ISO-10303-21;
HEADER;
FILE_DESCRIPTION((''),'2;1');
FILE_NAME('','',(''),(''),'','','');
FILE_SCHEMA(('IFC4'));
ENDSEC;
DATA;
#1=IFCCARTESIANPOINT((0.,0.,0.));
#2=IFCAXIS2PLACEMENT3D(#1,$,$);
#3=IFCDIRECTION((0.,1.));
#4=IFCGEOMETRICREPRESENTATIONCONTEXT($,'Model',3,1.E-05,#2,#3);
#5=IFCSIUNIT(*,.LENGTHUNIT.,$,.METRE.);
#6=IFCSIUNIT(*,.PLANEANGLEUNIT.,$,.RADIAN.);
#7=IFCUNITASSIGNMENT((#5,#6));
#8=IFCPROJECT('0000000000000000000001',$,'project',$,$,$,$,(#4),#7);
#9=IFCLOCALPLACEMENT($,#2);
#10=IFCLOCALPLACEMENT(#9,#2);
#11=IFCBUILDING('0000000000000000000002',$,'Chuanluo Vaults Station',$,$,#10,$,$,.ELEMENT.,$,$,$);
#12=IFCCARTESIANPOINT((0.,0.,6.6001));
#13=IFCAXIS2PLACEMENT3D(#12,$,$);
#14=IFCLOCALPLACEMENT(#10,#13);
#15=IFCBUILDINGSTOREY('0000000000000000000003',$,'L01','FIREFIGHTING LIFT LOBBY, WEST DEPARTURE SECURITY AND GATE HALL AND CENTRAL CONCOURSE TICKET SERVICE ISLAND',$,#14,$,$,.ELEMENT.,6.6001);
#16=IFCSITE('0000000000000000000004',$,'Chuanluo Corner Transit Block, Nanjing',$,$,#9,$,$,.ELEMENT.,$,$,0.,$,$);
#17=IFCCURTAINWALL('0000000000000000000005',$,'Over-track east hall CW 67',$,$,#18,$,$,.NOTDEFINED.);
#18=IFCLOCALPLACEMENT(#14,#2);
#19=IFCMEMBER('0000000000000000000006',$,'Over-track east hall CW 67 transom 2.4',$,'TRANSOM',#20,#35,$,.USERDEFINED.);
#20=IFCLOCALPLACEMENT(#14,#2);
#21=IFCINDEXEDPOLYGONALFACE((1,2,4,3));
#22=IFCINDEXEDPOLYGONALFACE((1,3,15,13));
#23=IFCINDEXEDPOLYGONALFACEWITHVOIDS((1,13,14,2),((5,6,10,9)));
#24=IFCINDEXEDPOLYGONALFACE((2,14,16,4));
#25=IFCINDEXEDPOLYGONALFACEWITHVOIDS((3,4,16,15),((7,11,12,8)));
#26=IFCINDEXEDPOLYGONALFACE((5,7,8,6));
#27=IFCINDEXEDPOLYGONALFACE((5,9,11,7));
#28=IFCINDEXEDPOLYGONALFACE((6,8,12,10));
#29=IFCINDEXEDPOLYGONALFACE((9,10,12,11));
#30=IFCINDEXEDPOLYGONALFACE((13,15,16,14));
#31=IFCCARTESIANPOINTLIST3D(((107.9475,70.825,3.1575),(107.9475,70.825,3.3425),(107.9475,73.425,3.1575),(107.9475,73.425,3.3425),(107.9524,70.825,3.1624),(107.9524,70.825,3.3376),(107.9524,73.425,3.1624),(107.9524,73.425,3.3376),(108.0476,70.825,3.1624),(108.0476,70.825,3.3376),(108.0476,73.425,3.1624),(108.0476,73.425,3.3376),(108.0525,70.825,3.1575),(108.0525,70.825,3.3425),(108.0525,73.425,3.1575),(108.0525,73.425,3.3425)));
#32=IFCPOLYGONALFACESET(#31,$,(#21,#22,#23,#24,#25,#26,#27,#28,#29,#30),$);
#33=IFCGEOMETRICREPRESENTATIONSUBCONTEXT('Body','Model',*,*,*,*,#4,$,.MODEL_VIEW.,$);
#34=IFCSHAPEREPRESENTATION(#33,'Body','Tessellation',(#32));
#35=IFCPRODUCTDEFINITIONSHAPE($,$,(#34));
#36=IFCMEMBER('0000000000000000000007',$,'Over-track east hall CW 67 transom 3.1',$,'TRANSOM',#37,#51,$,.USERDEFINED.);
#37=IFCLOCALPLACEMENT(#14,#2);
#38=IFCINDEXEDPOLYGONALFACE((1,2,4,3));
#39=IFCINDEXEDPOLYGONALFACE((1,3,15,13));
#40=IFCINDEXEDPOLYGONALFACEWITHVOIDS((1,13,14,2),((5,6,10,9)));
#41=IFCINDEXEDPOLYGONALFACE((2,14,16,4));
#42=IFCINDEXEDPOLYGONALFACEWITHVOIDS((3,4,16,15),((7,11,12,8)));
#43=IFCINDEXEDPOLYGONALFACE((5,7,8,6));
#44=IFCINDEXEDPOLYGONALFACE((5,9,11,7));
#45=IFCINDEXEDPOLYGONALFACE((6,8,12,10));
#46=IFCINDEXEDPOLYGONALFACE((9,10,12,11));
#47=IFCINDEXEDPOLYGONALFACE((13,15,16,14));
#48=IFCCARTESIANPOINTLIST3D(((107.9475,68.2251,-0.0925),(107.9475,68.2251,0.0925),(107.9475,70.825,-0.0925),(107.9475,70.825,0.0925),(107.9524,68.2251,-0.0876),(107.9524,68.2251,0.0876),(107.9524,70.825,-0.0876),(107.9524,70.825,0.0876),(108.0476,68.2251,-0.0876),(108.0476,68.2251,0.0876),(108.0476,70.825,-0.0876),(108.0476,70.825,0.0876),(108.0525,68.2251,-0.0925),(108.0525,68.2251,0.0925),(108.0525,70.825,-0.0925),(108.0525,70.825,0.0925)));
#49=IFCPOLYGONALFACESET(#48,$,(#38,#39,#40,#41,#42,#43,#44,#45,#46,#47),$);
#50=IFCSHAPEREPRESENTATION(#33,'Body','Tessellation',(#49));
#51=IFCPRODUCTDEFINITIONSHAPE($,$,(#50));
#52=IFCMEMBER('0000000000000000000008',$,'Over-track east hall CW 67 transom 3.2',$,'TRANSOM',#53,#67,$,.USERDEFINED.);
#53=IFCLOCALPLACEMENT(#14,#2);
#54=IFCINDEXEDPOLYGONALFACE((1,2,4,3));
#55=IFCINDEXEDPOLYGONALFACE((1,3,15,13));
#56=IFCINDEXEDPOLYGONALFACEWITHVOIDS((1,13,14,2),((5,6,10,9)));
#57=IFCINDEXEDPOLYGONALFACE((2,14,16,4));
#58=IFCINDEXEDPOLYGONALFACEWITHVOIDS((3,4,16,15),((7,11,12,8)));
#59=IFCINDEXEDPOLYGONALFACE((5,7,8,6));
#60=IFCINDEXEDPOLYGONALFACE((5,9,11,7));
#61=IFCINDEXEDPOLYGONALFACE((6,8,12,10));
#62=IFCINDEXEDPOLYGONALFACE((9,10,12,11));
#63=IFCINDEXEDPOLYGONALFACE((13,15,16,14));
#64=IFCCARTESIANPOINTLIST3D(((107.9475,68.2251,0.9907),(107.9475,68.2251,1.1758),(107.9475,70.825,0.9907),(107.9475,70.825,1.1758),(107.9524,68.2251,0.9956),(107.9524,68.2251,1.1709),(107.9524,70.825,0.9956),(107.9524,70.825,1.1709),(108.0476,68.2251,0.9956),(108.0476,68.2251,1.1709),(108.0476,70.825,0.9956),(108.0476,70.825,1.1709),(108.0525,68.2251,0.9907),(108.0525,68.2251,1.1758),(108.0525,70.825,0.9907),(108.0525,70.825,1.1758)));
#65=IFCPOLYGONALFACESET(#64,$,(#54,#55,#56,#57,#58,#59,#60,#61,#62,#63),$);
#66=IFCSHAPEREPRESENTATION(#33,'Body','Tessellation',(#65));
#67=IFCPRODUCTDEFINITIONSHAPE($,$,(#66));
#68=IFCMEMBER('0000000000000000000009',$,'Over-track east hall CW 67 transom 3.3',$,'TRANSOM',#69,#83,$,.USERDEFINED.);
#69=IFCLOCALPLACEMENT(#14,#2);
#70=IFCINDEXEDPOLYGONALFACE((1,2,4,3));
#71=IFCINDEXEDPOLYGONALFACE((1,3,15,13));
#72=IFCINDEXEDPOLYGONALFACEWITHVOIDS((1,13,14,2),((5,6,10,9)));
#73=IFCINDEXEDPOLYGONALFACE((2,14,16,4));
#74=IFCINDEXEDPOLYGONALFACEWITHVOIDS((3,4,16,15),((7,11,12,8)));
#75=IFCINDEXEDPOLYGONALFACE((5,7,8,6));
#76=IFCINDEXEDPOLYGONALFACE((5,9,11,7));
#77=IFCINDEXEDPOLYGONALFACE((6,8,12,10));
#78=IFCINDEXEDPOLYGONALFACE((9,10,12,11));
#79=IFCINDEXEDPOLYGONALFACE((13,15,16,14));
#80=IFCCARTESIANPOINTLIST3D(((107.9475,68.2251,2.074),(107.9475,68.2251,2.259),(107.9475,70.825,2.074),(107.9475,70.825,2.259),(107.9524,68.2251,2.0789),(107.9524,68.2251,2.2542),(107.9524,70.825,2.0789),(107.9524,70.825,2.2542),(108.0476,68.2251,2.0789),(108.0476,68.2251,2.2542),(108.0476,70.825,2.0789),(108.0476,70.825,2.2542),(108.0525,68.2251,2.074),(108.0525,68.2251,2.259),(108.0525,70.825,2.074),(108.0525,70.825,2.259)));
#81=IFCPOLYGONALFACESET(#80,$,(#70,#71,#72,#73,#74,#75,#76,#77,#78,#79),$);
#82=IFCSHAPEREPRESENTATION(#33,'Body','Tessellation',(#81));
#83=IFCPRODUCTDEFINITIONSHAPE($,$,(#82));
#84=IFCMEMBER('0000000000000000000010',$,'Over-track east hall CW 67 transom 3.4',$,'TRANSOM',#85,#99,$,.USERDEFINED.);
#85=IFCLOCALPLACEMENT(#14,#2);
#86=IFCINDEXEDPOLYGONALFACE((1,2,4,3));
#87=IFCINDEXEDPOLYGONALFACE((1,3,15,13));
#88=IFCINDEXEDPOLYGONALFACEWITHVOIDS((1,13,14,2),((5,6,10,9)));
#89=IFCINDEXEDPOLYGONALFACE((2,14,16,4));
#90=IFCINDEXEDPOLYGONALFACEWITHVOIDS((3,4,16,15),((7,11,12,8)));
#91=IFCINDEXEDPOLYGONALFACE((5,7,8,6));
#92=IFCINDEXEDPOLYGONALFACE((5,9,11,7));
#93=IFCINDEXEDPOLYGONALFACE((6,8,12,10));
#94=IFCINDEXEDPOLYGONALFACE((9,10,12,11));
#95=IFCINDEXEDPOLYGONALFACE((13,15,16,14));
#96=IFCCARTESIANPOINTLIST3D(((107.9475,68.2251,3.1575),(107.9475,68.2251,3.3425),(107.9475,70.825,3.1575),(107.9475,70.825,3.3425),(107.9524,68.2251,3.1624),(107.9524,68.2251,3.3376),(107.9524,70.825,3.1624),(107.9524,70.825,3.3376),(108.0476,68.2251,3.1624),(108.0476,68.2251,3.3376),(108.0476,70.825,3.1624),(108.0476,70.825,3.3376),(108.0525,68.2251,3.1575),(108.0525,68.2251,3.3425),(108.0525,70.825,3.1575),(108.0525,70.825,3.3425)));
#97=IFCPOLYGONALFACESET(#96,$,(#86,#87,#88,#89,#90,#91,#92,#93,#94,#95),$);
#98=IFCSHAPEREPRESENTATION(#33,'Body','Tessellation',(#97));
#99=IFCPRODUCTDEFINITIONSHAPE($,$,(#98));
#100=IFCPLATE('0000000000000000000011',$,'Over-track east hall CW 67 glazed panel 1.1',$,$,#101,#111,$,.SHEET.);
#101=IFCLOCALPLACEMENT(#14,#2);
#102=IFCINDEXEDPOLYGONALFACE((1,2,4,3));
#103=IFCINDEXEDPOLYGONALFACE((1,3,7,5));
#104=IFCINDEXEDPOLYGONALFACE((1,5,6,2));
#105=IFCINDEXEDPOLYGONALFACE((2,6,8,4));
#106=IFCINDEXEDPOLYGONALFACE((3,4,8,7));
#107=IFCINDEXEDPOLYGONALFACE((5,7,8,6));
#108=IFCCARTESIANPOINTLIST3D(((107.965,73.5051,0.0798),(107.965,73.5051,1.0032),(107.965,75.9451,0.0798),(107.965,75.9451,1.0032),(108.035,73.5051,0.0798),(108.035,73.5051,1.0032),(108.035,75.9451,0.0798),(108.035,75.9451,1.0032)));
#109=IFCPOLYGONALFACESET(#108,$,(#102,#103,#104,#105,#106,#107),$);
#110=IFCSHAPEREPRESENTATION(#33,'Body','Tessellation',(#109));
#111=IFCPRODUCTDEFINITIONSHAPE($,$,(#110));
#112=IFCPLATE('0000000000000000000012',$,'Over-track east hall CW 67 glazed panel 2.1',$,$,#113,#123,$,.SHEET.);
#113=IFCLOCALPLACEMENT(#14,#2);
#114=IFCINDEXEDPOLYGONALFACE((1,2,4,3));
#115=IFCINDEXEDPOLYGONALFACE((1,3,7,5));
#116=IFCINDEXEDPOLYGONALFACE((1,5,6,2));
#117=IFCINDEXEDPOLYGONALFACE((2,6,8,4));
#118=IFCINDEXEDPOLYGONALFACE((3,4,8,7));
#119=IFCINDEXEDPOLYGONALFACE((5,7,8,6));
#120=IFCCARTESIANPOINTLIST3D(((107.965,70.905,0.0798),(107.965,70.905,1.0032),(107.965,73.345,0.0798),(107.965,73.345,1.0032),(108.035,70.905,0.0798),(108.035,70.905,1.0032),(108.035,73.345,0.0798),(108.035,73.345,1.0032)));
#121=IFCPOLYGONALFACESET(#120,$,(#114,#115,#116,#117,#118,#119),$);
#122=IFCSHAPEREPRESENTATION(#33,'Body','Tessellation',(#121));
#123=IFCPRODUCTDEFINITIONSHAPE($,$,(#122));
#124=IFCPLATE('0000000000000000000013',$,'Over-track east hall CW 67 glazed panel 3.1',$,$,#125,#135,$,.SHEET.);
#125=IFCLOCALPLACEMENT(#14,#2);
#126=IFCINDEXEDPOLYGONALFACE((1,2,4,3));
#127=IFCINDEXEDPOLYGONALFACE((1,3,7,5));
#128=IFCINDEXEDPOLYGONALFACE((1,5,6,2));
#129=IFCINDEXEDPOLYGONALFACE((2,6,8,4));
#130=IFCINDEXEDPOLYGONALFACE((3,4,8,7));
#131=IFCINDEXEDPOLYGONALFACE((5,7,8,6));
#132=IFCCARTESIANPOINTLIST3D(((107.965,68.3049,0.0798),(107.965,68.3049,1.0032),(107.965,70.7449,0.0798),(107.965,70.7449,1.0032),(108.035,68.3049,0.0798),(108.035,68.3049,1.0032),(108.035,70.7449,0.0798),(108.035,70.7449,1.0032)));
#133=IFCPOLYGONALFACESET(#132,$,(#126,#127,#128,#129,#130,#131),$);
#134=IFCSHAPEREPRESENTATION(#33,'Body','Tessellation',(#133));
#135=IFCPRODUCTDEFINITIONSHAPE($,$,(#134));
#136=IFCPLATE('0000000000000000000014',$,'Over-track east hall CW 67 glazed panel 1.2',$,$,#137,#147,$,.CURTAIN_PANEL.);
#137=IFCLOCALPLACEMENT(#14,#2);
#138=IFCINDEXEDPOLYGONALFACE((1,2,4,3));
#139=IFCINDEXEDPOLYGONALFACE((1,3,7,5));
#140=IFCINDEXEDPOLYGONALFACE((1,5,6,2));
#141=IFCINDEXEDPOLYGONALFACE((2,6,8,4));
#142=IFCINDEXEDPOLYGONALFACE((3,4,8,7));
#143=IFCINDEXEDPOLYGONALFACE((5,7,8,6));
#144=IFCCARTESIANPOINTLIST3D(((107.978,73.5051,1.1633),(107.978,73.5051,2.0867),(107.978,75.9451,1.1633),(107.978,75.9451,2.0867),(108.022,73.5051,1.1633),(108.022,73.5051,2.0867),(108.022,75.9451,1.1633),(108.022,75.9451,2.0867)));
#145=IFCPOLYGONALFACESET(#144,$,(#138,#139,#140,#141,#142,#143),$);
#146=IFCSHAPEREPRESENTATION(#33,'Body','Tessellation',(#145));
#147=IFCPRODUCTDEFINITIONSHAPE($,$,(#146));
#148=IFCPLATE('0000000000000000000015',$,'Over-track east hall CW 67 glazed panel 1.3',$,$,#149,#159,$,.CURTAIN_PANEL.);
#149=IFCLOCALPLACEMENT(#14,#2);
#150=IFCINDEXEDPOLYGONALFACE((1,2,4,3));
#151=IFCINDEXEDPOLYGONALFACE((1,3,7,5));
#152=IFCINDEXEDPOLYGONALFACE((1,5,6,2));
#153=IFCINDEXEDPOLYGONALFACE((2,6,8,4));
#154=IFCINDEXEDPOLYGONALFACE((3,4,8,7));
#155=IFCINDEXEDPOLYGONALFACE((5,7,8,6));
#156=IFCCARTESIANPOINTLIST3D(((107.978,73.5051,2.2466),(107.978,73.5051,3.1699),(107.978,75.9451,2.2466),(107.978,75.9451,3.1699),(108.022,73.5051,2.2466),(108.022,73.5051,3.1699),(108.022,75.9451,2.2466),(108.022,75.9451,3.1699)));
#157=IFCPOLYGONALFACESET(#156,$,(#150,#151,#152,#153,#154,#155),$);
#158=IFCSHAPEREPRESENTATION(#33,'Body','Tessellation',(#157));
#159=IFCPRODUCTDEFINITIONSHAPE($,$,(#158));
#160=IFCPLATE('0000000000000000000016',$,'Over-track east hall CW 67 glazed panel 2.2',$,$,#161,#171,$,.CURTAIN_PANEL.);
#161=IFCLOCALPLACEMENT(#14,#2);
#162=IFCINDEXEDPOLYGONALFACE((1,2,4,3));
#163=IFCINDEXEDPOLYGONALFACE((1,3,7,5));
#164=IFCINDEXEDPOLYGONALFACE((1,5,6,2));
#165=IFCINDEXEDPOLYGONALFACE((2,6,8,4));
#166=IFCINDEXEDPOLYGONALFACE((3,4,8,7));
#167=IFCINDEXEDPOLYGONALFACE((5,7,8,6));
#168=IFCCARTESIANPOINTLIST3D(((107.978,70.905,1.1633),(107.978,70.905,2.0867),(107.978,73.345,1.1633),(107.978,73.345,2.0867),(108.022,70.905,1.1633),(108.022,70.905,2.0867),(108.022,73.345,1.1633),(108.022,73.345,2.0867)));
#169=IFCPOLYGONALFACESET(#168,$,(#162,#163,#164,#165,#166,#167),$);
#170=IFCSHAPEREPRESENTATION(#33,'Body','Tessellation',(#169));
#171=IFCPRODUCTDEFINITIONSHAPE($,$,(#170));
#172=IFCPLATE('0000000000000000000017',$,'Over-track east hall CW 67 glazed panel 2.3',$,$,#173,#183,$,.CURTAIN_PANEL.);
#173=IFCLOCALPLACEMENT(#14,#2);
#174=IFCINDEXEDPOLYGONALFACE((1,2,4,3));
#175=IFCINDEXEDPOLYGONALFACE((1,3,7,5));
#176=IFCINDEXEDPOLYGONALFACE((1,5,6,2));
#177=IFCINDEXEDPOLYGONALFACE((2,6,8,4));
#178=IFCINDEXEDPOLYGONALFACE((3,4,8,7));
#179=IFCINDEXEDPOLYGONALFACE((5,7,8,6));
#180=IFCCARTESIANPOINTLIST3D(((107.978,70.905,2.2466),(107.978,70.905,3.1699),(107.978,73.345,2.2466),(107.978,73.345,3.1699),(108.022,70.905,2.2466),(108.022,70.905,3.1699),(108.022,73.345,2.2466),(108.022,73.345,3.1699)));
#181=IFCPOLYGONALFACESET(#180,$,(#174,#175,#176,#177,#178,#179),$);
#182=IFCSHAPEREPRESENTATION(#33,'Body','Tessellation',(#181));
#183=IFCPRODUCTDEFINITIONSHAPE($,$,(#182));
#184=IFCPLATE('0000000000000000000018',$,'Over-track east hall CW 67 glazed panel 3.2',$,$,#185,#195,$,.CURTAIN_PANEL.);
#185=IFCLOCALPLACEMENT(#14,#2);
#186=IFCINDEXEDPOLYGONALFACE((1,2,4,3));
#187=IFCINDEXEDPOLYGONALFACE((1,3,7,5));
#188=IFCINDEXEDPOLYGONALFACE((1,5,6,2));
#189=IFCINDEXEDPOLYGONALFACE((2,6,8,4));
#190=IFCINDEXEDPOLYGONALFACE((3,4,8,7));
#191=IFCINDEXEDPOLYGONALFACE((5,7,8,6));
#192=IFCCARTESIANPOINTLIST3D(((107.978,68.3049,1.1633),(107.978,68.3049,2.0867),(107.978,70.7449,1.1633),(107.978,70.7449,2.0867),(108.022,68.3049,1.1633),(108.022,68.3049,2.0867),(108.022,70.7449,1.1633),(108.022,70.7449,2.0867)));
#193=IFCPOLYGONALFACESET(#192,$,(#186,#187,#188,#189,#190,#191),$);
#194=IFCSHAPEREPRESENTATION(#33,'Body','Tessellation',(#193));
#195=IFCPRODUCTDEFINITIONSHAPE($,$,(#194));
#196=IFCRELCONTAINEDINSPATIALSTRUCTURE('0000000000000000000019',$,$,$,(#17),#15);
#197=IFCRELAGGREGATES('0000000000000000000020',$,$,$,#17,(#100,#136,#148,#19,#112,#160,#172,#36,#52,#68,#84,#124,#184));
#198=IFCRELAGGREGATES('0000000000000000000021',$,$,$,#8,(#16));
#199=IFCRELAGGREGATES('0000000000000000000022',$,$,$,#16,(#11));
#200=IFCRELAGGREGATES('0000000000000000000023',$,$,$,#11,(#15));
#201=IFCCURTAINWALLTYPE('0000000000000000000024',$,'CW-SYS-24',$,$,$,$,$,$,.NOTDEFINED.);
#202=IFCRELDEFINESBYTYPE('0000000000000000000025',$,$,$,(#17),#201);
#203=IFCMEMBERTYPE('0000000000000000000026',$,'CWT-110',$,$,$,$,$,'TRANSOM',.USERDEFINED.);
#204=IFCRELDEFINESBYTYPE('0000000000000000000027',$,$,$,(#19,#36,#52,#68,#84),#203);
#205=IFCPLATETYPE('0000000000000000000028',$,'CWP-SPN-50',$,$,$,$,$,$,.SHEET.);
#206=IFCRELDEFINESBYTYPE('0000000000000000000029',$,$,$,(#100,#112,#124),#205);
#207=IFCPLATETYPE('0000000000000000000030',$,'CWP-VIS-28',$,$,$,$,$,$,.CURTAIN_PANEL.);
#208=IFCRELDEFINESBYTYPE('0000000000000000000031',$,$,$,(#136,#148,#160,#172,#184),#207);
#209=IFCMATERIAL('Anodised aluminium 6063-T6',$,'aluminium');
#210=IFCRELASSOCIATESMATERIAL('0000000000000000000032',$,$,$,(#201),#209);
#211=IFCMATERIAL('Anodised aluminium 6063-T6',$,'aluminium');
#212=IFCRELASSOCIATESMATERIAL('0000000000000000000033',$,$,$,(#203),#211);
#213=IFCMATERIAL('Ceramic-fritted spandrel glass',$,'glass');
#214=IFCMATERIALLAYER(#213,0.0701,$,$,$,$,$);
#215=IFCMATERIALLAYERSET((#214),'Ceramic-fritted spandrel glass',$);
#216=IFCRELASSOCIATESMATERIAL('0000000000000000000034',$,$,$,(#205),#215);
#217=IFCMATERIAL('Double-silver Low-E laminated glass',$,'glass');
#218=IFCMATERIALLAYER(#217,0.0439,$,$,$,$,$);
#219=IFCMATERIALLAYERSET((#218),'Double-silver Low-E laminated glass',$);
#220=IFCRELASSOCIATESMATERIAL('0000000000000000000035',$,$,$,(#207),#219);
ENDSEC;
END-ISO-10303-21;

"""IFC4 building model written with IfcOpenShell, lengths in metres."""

from ifc_helpers import new_model, si_unit, direction, frame, origin, origin_2d, place, context, subcontext, project, spatial, rectangle, hollow_rectangle, extrude, material, layer, layer_set, material_profile, profile_set, type_object, element, aggregate, save


model = new_model("IFC4")

# Units and contexts
model_context = context("Model", 3, precision=1e-05, world=origin(), true_north=direction((0.0, 1.0)))
body_context = subcontext(model_context, "Body", "Model", "MODEL_VIEW")
ifc_project = project(units=[si_unit("LENGTHUNIT", "METRE"), si_unit("PLANEANGLEUNIT", "RADIAN")], contexts=[model_context])

# Site, building, storey
site_placement = place(None, origin())
site = spatial("IfcSite", under=ifc_project, at=site_placement, Name="Chuanluo Corner Transit Block, Nanjing", CompositionType="ELEMENT", RefElevation=0.0)
building_placement = place(site_placement, origin())
building = spatial("IfcBuilding", under=site, at=building_placement, Name="Chuanluo Vaults Station", CompositionType="ELEMENT")
storey_placement = place(building_placement, frame((0.0, 0.0, 6.6001)))
storey = spatial("IfcBuildingStorey", under=building, at=storey_placement, Name="L01", Description="FIREFIGHTING LIFT LOBBY, WEST DEPARTURE SECURITY AND GATE HALL AND CENTRAL CONCOURSE TICKET SERVICE ISLAND", CompositionType="ELEMENT", Elevation=6.6001)

# Curtain wall, members, plates
ifc_material_1 = material(Name="Anodised aluminium 6063-T6", Category="aluminium")
curtain_wall_type = type_object("IfcCurtainWallType", Name="CW-SYS-24", PredefinedType="NOTDEFINED", material=ifc_material_1)
curtain_wall_placement = place(storey_placement, origin())
curtain_wall = element("IfcCurtainWall", 1, at=curtain_wall_placement, inside=storey, type_object=curtain_wall_type, Name="Over-track east hall CW 67", PredefinedType="NOTDEFINED")
ifc_material_2 = material(Name="Anodised aluminium 6063-T6", Category="aluminium")
ifc_material_profile_1 = material_profile(ifc_material_2, hollow_rectangle(XDim=0.105, YDim=0.1851, WallThickness=0.0049, at=origin_2d()))
ifc_profile_set_1 = profile_set([ifc_material_profile_1], Name="Anodised aluminium 6063-T6")
member_type_1 = type_object("IfcMemberType", Name="CWT-110", ElementType="TRANSOM", PredefinedType="USERDEFINED", material=ifc_profile_set_1)
member_1_placement = place(storey_placement, frame((108.0, 73.425, 3.25), z_axis=(0.0, -1.0, 0.0), x_axis=(1.0, 0.0, 0.0)))
member_1 = element("IfcMember", 2, at=member_1_placement, type_object=member_type_1, Name="Over-track east hall CW 67 transom 2.4", ObjectType="TRANSOM", PredefinedType="USERDEFINED", context=body_context, shape_type="SweptSolid", body=[
    extrude(hollow_rectangle(XDim=0.105, YDim=0.1851, WallThickness=0.0049, at=origin_2d()), origin(), (0.0, 0.0, 1.0), 2.6001),
])
member_2_placement = place(storey_placement, frame((108.0, 70.825, 0.0), z_axis=(0.0, -1.0, 0.0), x_axis=(1.0, 0.0, 0.0)))
member_2 = element("IfcMember", 3, at=member_2_placement, type_object=member_type_1, Name="Over-track east hall CW 67 transom 3.1", ObjectType="TRANSOM", PredefinedType="USERDEFINED", context=body_context, shape_type="SweptSolid", body=[
    extrude(hollow_rectangle(XDim=0.105, YDim=0.1851, WallThickness=0.0049, at=origin_2d()), origin(), (0.0, 0.0, 1.0), 2.5999),
])
member_3_placement = place(storey_placement, frame((108.0, 70.825, 1.0833), z_axis=(0.0, -1.0, 0.0), x_axis=(1.0, 0.0, 0.0)))
member_3 = element("IfcMember", 4, at=member_3_placement, type_object=member_type_1, Name="Over-track east hall CW 67 transom 3.2", ObjectType="TRANSOM", PredefinedType="USERDEFINED", context=body_context, shape_type="SweptSolid", body=[
    extrude(hollow_rectangle(XDim=0.105, YDim=0.1851, WallThickness=0.0049, at=origin_2d()), origin(), (0.0, 0.0, 1.0), 2.5999),
])
member_4_placement = place(storey_placement, frame((108.0, 70.825, 2.1665), z_axis=(0.0, -1.0, 0.0), x_axis=(1.0, 0.0, 0.0)))
member_4 = element("IfcMember", 5, at=member_4_placement, type_object=member_type_1, Name="Over-track east hall CW 67 transom 3.3", ObjectType="TRANSOM", PredefinedType="USERDEFINED", context=body_context, shape_type="SweptSolid", body=[
    extrude(hollow_rectangle(XDim=0.105, YDim=0.1851, WallThickness=0.0049, at=origin_2d()), origin(), (0.0, 0.0, 1.0), 2.5999),
])
member_5_placement = place(storey_placement, frame((108.0, 70.825, 3.25), z_axis=(0.0, -1.0, 0.0), x_axis=(1.0, 0.0, 0.0)))
member_5 = element("IfcMember", 6, at=member_5_placement, type_object=member_type_1, Name="Over-track east hall CW 67 transom 3.4", ObjectType="TRANSOM", PredefinedType="USERDEFINED", context=body_context, shape_type="SweptSolid", body=[
    extrude(hollow_rectangle(XDim=0.105, YDim=0.1851, WallThickness=0.0049, at=origin_2d()), origin(), (0.0, 0.0, 1.0), 2.5999),
])
ifc_material_3 = material(Name="Ceramic-fritted spandrel glass", Category="glass")
ifc_layer_1 = layer(ifc_material_3, 0.0701)
ifc_layer_set_1 = layer_set([ifc_layer_1], Name="Ceramic-fritted spandrel glass")
plate_type_1 = type_object("IfcPlateType", Name="CWP-SPN-50", PredefinedType="SHEET", material=ifc_layer_set_1)
plate_1_placement = place(storey_placement, frame((108.0, 74.7251, 0.0798), z_axis=(0.0, 0.0, 1.0), x_axis=(0.0, -1.0, 0.0)))
plate_1 = element("IfcPlate", 7, at=plate_1_placement, type_object=plate_type_1, Name="Over-track east hall CW 67 glazed panel 1.1", PredefinedType="SHEET", context=body_context, shape_type="SweptSolid", body=[
    extrude(rectangle(XDim=2.4399, YDim=0.0701, at=origin_2d()), origin(), (0.0, 0.0, 1.0), 0.9233),
])
plate_2_placement = place(storey_placement, frame((108.0, 72.125, 0.0798), z_axis=(0.0, 0.0, 1.0), x_axis=(0.0, -1.0, 0.0)))
plate_2 = element("IfcPlate", 8, at=plate_2_placement, type_object=plate_type_1, Name="Over-track east hall CW 67 glazed panel 2.1", PredefinedType="SHEET", context=body_context, shape_type="SweptSolid", body=[
    extrude(rectangle(XDim=2.4399, YDim=0.0701, at=origin_2d()), origin(), (0.0, 0.0, 1.0), 0.9233),
])
plate_3_placement = place(storey_placement, frame((108.0, 69.5249, 0.0798), z_axis=(0.0, 0.0, 1.0), x_axis=(0.0, -1.0, 0.0)))
plate_3 = element("IfcPlate", 9, at=plate_3_placement, type_object=plate_type_1, Name="Over-track east hall CW 67 glazed panel 3.1", PredefinedType="SHEET", context=body_context, shape_type="SweptSolid", body=[
    extrude(rectangle(XDim=2.4399, YDim=0.0701, at=origin_2d()), origin(), (0.0, 0.0, 1.0), 0.9233),
])
ifc_material_4 = material(Name="Double-silver Low-E laminated glass", Category="glass")
ifc_layer_2 = layer(ifc_material_4, 0.0439)
ifc_layer_set_2 = layer_set([ifc_layer_2], Name="Double-silver Low-E laminated glass")
plate_type_2 = type_object("IfcPlateType", Name="CWP-VIS-28", PredefinedType="CURTAIN_PANEL", material=ifc_layer_set_2)
plate_4_placement = place(storey_placement, frame((108.0, 74.7251, 1.1633), z_axis=(0.0, 0.0, 1.0), x_axis=(0.0, -1.0, 0.0)))
plate_4 = element("IfcPlate", 10, at=plate_4_placement, type_object=plate_type_2, Name="Over-track east hall CW 67 glazed panel 1.2", PredefinedType="CURTAIN_PANEL", context=body_context, shape_type="SweptSolid", body=[
    extrude(rectangle(XDim=2.4399, YDim=0.0439, at=origin_2d()), origin(), (0.0, 0.0, 1.0), 0.9233),
])
plate_5_placement = place(storey_placement, frame((108.0, 74.7251, 2.2466), z_axis=(0.0, 0.0, 1.0), x_axis=(0.0, -1.0, 0.0)))
plate_5 = element("IfcPlate", 11, at=plate_5_placement, type_object=plate_type_2, Name="Over-track east hall CW 67 glazed panel 1.3", PredefinedType="CURTAIN_PANEL", context=body_context, shape_type="SweptSolid", body=[
    extrude(rectangle(XDim=2.4399, YDim=0.0439, at=origin_2d()), origin(), (0.0, 0.0, 1.0), 0.9233),
])
plate_6_placement = place(storey_placement, frame((108.0, 72.125, 1.1633), z_axis=(0.0, 0.0, 1.0), x_axis=(0.0, -1.0, 0.0)))
plate_6 = element("IfcPlate", 12, at=plate_6_placement, type_object=plate_type_2, Name="Over-track east hall CW 67 glazed panel 2.2", PredefinedType="CURTAIN_PANEL", context=body_context, shape_type="SweptSolid", body=[
    extrude(rectangle(XDim=2.4399, YDim=0.0439, at=origin_2d()), origin(), (0.0, 0.0, 1.0), 0.9233),
])
plate_7_placement = place(storey_placement, frame((108.0, 72.125, 2.2466), z_axis=(0.0, 0.0, 1.0), x_axis=(0.0, -1.0, 0.0)))
plate_7 = element("IfcPlate", 13, at=plate_7_placement, type_object=plate_type_2, Name="Over-track east hall CW 67 glazed panel 2.3", PredefinedType="CURTAIN_PANEL", context=body_context, shape_type="SweptSolid", body=[
    extrude(rectangle(XDim=2.4399, YDim=0.0439, at=origin_2d()), origin(), (0.0, 0.0, 1.0), 0.9233),
])
plate_8_placement = place(storey_placement, frame((108.0, 69.5249, 1.1633), z_axis=(0.0, 0.0, 1.0), x_axis=(0.0, -1.0, 0.0)))
plate_8 = element("IfcPlate", 14, at=plate_8_placement, type_object=plate_type_2, Name="Over-track east hall CW 67 glazed panel 3.2", PredefinedType="CURTAIN_PANEL", context=body_context, shape_type="SweptSolid", body=[
    extrude(rectangle(XDim=2.4399, YDim=0.0439, at=origin_2d()), origin(), (0.0, 0.0, 1.0), 0.9233),
])
aggregate(curtain_wall, [plate_1, plate_4, plate_5, member_1, plate_2, plate_6, plate_7, member_2, member_3, member_4, member_5, plate_3, plate_8])

save(model, "model.ifc")
